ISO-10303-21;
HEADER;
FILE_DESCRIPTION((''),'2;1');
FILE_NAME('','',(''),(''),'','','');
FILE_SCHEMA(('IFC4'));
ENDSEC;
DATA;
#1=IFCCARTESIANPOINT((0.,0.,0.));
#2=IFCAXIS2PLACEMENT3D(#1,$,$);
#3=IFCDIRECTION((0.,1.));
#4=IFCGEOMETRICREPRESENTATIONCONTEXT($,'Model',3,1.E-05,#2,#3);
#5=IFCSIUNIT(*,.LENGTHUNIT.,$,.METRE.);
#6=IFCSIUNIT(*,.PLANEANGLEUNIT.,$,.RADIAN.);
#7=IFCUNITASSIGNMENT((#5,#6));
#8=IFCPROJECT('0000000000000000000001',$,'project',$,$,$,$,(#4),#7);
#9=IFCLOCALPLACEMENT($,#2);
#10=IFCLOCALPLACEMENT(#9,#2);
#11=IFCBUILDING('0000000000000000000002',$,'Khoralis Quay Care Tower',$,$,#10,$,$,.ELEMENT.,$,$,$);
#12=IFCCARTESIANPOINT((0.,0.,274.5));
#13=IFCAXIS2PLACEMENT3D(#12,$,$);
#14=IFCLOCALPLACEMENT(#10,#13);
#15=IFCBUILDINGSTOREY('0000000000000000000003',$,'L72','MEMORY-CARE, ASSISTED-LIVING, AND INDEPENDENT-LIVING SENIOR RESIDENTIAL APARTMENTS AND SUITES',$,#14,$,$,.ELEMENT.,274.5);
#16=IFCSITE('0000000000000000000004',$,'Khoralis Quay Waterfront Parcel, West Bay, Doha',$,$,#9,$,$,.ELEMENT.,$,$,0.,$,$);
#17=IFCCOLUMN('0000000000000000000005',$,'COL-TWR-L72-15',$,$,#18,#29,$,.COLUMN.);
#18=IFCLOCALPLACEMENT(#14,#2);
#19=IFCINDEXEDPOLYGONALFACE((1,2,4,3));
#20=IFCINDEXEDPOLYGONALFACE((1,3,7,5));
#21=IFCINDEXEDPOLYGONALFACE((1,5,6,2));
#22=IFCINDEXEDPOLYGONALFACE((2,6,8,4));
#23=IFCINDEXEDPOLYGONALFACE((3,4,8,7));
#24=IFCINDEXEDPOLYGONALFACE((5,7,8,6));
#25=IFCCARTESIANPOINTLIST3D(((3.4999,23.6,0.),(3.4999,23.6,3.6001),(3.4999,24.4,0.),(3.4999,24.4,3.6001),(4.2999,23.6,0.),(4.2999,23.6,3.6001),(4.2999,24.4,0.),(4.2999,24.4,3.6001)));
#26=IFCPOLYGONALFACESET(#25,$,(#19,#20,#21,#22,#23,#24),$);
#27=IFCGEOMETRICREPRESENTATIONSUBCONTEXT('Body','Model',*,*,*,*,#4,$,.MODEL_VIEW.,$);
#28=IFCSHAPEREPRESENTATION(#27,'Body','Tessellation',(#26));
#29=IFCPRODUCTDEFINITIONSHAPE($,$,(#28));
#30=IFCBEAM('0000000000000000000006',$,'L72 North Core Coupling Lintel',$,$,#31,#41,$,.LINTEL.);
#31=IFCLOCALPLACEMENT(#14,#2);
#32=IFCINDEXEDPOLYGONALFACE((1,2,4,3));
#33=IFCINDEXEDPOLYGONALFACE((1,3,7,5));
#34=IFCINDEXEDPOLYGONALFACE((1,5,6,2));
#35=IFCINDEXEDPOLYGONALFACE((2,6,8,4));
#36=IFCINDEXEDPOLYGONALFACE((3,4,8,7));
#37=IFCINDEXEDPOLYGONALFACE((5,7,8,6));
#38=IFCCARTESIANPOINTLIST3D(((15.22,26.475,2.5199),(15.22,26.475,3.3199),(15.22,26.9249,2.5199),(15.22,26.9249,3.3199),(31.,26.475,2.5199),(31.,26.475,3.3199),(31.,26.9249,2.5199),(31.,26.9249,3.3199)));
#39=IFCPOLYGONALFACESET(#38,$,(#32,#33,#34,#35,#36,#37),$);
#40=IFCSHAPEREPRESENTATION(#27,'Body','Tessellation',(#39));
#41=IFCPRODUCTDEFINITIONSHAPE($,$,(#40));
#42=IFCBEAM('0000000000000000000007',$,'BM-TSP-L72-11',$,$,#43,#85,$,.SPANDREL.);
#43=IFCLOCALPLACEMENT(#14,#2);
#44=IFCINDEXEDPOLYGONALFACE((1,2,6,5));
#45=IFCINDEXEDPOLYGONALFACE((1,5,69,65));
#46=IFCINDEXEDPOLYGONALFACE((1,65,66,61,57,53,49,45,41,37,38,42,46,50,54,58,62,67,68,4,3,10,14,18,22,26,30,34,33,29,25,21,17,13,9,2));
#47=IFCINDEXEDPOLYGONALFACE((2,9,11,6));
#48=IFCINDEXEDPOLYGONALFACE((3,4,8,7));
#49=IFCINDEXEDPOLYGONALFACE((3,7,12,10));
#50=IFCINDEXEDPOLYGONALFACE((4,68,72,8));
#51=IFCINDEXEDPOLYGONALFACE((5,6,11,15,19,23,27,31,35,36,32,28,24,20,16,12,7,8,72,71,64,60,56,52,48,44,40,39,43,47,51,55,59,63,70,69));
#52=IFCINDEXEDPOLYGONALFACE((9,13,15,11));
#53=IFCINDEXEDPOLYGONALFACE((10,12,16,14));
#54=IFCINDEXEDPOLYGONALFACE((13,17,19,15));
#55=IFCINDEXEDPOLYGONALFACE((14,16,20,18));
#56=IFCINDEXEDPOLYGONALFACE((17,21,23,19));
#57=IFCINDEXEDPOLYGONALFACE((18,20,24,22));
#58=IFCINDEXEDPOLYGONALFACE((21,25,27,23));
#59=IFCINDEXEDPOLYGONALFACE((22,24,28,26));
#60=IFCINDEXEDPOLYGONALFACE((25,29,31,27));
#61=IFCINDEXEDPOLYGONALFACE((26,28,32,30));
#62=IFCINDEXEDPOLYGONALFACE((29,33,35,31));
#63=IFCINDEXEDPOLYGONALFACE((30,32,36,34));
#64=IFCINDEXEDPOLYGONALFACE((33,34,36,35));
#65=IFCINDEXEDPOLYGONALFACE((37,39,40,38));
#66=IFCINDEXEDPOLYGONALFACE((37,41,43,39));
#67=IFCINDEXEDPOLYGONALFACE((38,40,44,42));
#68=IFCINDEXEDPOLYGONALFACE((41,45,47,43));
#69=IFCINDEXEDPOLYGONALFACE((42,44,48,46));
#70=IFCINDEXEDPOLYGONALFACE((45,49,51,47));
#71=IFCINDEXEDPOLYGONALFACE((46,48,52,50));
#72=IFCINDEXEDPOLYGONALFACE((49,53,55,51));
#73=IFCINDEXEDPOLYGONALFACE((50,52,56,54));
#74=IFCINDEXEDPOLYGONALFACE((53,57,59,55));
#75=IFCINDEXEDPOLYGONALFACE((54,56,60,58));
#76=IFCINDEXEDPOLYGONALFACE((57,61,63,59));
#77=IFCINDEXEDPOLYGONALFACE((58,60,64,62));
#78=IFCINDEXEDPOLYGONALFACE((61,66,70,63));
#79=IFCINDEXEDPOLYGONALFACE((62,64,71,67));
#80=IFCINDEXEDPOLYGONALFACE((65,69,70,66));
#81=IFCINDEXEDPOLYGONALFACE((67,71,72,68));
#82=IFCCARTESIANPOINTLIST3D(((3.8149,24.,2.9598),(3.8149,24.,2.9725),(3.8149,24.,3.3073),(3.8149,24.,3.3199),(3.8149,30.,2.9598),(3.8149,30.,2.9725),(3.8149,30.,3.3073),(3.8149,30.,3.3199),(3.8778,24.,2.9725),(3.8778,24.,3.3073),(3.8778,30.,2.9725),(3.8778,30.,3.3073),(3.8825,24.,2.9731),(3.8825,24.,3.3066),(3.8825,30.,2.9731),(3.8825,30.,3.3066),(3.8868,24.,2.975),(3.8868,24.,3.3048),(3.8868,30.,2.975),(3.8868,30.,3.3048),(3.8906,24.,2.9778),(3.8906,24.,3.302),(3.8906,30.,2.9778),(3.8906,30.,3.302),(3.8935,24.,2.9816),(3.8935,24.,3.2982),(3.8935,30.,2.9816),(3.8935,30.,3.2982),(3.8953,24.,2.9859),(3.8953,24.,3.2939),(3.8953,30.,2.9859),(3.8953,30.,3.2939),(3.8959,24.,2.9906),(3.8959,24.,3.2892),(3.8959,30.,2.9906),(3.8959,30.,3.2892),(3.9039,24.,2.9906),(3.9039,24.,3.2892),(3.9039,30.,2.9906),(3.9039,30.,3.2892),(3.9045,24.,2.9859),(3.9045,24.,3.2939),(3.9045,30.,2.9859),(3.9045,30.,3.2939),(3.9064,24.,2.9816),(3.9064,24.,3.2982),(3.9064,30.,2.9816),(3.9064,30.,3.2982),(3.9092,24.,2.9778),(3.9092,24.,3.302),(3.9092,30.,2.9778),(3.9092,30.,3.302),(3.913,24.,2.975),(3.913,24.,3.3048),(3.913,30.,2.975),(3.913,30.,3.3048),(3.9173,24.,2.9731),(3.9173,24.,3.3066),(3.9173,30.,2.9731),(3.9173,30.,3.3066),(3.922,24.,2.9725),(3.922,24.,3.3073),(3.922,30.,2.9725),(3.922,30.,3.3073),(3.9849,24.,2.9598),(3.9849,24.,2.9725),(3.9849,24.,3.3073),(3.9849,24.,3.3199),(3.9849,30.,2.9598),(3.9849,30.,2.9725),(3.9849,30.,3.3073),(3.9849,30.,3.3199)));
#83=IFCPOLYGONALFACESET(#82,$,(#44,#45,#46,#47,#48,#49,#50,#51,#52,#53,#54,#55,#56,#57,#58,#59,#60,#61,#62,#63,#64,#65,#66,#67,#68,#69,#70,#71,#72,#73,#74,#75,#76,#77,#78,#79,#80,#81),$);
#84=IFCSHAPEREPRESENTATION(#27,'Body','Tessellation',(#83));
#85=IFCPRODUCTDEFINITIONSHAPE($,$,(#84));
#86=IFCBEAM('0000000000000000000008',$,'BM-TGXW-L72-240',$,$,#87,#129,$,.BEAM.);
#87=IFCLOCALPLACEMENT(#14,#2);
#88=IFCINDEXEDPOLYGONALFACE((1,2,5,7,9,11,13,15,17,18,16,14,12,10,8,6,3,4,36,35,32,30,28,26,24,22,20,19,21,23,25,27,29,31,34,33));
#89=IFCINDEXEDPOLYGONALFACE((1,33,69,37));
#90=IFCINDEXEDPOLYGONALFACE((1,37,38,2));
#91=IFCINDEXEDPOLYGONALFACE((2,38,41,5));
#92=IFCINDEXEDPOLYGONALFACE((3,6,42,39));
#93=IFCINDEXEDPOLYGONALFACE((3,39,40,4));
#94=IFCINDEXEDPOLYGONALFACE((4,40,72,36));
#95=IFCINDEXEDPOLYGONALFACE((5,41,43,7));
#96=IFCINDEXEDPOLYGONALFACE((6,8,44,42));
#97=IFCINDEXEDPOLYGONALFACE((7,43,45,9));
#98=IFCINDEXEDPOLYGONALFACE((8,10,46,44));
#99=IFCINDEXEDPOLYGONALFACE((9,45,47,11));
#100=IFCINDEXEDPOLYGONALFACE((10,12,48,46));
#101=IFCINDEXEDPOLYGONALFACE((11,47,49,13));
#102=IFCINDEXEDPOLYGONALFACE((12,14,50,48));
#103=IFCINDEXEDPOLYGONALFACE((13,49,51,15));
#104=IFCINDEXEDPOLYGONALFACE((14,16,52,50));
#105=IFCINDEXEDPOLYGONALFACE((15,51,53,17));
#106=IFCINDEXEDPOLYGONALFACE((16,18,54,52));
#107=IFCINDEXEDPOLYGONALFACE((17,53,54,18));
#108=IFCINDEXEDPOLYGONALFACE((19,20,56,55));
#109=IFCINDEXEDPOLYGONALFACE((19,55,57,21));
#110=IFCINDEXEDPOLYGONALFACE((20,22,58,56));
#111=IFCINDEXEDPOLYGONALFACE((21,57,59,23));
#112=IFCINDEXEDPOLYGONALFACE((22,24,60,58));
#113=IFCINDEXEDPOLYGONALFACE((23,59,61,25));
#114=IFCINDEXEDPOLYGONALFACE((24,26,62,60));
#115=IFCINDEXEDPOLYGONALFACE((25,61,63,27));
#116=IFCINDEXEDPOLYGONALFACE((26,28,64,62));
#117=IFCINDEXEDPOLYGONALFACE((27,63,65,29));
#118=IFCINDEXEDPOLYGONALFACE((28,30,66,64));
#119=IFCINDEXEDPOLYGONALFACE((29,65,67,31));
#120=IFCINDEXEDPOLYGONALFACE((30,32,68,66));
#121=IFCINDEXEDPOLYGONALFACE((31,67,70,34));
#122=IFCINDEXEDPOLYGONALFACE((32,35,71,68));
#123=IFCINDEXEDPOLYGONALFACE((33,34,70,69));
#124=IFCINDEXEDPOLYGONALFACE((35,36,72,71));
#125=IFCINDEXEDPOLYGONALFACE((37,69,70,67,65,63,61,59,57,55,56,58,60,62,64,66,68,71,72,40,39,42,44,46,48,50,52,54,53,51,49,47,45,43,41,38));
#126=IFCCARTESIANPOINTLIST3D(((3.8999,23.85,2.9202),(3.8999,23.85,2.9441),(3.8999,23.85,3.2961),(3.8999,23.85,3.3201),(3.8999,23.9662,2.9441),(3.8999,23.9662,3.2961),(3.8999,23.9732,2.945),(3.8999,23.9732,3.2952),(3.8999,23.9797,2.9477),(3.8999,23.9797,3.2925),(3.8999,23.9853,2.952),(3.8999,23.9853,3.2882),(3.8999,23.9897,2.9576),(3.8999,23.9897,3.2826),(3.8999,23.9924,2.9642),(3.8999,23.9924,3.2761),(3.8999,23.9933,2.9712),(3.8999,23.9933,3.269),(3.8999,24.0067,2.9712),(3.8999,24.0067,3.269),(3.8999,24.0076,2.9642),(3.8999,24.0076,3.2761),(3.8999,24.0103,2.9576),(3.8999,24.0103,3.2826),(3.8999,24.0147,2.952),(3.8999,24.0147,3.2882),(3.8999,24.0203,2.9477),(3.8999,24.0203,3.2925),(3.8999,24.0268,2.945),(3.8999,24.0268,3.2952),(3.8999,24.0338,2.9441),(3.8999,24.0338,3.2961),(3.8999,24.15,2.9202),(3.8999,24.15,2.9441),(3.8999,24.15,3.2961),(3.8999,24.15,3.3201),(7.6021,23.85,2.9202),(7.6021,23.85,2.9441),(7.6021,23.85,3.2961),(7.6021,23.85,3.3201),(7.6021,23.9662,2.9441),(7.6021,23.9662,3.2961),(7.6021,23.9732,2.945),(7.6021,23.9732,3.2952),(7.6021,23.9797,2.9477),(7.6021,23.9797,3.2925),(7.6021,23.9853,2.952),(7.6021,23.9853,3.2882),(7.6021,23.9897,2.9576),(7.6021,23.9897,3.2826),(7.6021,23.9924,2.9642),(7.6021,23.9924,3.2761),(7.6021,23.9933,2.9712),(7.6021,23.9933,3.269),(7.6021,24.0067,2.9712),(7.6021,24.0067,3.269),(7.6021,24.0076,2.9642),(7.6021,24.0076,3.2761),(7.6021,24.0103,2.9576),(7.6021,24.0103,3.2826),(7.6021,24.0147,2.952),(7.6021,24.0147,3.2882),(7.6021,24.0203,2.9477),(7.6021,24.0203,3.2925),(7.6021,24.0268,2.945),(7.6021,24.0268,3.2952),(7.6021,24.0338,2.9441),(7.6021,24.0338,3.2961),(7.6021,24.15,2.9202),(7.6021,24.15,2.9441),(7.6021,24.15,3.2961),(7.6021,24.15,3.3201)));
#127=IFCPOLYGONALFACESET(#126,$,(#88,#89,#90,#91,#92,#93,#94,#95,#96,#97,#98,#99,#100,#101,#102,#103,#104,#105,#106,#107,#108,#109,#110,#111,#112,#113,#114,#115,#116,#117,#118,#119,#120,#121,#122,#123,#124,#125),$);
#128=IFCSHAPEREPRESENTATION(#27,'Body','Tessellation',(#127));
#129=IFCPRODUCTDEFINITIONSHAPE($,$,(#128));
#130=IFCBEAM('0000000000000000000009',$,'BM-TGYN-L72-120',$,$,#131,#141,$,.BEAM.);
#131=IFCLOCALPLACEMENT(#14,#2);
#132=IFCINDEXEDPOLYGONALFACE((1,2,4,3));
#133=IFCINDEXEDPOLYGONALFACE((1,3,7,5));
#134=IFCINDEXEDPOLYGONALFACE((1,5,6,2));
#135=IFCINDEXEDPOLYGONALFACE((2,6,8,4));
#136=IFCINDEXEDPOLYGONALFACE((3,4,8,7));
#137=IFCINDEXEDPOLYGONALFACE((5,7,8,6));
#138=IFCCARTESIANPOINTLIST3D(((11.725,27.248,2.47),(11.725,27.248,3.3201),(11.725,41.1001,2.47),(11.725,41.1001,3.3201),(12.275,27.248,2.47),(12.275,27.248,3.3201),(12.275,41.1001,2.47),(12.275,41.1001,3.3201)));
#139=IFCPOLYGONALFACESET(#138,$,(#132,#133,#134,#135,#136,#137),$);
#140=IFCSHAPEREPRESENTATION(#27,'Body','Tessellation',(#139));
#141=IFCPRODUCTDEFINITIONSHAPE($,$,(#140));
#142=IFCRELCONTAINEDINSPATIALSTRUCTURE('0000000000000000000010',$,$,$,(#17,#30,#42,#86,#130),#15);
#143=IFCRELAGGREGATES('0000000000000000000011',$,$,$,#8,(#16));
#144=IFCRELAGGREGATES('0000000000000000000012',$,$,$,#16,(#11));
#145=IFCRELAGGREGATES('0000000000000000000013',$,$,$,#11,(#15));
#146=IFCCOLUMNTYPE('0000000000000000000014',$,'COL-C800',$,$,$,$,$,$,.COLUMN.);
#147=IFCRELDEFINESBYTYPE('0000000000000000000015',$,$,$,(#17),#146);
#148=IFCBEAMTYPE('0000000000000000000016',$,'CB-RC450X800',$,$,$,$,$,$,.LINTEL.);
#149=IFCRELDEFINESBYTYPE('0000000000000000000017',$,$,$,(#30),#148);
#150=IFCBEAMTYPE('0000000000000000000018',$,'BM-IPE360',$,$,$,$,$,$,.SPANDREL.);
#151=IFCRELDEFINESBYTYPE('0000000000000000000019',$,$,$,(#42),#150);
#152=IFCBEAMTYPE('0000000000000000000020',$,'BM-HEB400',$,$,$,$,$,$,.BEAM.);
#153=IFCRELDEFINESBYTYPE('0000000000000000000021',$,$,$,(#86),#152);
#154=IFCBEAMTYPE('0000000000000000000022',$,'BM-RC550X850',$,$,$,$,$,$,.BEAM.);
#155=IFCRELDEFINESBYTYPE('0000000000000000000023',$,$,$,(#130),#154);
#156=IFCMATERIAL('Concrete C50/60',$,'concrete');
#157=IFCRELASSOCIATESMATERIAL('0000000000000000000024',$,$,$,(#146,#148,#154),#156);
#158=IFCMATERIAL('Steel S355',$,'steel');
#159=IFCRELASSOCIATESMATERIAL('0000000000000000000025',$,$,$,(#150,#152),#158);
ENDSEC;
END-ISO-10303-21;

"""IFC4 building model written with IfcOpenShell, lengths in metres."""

from ifc_helpers import new_model, si_unit, direction, frame, origin, origin_2d, place, context, subcontext, project, spatial, rectangle, i_section, extrude, source, transform, mapped, material, material_profile, profile_set, type_object, element, save


model = new_model("IFC4")

# Units and contexts
model_context = context("Model", 3, precision=1e-05, world=origin(), true_north=direction((0.0, 1.0)))
body_context = subcontext(model_context, "Body", "Model", "MODEL_VIEW")
ifc_project = project(units=[si_unit("LENGTHUNIT", "METRE"), si_unit("PLANEANGLEUNIT", "RADIAN")], contexts=[model_context])

# Site, building, storey
site_placement = place(None, origin())
site = spatial("IfcSite", under=ifc_project, at=site_placement, Name="Khoralis Quay Waterfront Parcel, West Bay, Doha", CompositionType="ELEMENT", RefElevation=0.0)
building_placement = place(site_placement, origin())
building = spatial("IfcBuilding", under=site, at=building_placement, Name="Khoralis Quay Care Tower", CompositionType="ELEMENT")
storey_placement = place(building_placement, frame((0.0, 0.0, 274.5)))
storey = spatial("IfcBuildingStorey", under=building, at=storey_placement, Name="L72", Description="MEMORY-CARE, ASSISTED-LIVING, AND INDEPENDENT-LIVING SENIOR RESIDENTIAL APARTMENTS AND SUITES", CompositionType="ELEMENT", Elevation=274.5)

# Column
ifc_material_1 = material(Name="Concrete C50/60", Category="concrete")
ifc_material_profile_1 = material_profile(ifc_material_1, rectangle(XDim=0.8, YDim=0.8, at=origin_2d()), Name="Concrete C50/60")
ifc_profile_set_1 = profile_set([ifc_material_profile_1], Name="Concrete C50/60")
column_type = type_object("IfcColumnType", Name="COL-C800", PredefinedType="COLUMN", material=ifc_profile_set_1)
shared_shape_1 = source(origin(), body_context, "Body", "SweptSolid", [
    extrude(rectangle(XDim=0.8, YDim=0.8, at=origin_2d()), origin(), (0.0, 0.0, 1.0), 3.6001),
])
column_placement = place(storey_placement, frame((3.8999, 24.0, 0.0), z_axis=(0.0, 0.0, 1.0), x_axis=(1.0, 0.0, 0.0)))
element("IfcColumn", 1, at=column_placement, inside=storey, type_object=column_type, Name="COL-TWR-L72-15", PredefinedType="COLUMN", context=body_context, shape_type="MappedRepresentation", body=[
    mapped(shared_shape_1, transform((0.0, 0.0, 0.0), scale=1.0)),
])

# Beams
ifc_material_profile_2 = material_profile(ifc_material_1, rectangle(XDim=0.45, YDim=0.8, at=origin_2d()), Name="Concrete C50/60")
ifc_profile_set_2 = profile_set([ifc_material_profile_2], Name="Concrete C50/60")
beam_type_1 = type_object("IfcBeamType", Name="CB-RC450X800", PredefinedType="LINTEL", material=ifc_profile_set_2)
shared_shape_2 = source(origin(), body_context, "Body", "SweptSolid", [
    extrude(rectangle(XDim=0.45, YDim=0.8, at=origin_2d()), origin(), (0.0, 0.0, 1.0), 15.78),
])
beam_1_placement = place(storey_placement, frame((15.22, 26.7, 2.9199), z_axis=(1.0, 0.0, 0.0), x_axis=(0.0, 1.0, 0.0)))
element("IfcBeam", 2, at=beam_1_placement, inside=storey, type_object=beam_type_1, Name="L72 North Core Coupling Lintel", PredefinedType="LINTEL", context=body_context, shape_type="MappedRepresentation", body=[
    mapped(shared_shape_2, transform((0.0, 0.0, 0.0), scale=1.0)),
])
ifc_material_2 = material(Name="Steel S355", Category="steel")
ifc_material_profile_3 = material_profile(ifc_material_2, i_section(OverallWidth=0.1699, OverallDepth=0.3601, WebThickness=0.0081, FlangeThickness=0.0127, FilletRadius=0.0181, at=origin_2d()), Name="Steel S355")
ifc_profile_set_3 = profile_set([ifc_material_profile_3], Name="Steel S355")
beam_type_2 = type_object("IfcBeamType", Name="BM-IPE360", PredefinedType="SPANDREL", material=ifc_profile_set_3)
shared_shape_3 = source(origin(), body_context, "Body", "SweptSolid", [
    extrude(i_section(OverallWidth=0.1699, OverallDepth=0.3601, WebThickness=0.0081, FlangeThickness=0.0127, FilletRadius=0.0181, at=origin_2d()), origin(), (0.0, 0.0, 1.0), 6.0),
])
beam_2_placement = place(storey_placement, frame((3.8999, 24.0, 3.1399), z_axis=(0.0, 1.0, 0.0), x_axis=(-1.0, 0.0, 0.0)))
element("IfcBeam", 3, at=beam_2_placement, inside=storey, type_object=beam_type_2, Name="BM-TSP-L72-11", PredefinedType="SPANDREL", context=body_context, shape_type="MappedRepresentation", body=[
    mapped(shared_shape_3, transform((0.0, 0.0, 0.0), scale=1.0)),
])
ifc_material_profile_4 = material_profile(ifc_material_2, i_section(OverallWidth=0.3, OverallDepth=0.3999, WebThickness=0.0134, FlangeThickness=0.0239, FilletRadius=0.0271, at=origin_2d()), Name="Steel S355")
ifc_profile_set_4 = profile_set([ifc_material_profile_4], Name="Steel S355")
beam_type_3 = type_object("IfcBeamType", Name="BM-HEB400", PredefinedType="BEAM", material=ifc_profile_set_4)
shared_shape_4 = source(origin(), body_context, "Body", "SweptSolid", [
    extrude(i_section(OverallWidth=0.3, OverallDepth=0.3999, WebThickness=0.0134, FlangeThickness=0.0239, FilletRadius=0.0271, at=origin_2d()), origin(), (0.0, 0.0, 1.0), 3.7021),
])
beam_3_placement = place(storey_placement, frame((3.8999, 24.0, 3.1201), z_axis=(1.0, 0.0, 0.0), x_axis=(0.0, 1.0, 0.0)))
element("IfcBeam", 4, at=beam_3_placement, inside=storey, type_object=beam_type_3, Name="BM-TGXW-L72-240", PredefinedType="BEAM", context=body_context, shape_type="MappedRepresentation", body=[
    mapped(shared_shape_4, transform((0.0, 0.0, 0.0), scale=1.0)),
])
ifc_material_profile_5 = material_profile(ifc_material_1, rectangle(XDim=0.55, YDim=0.8501, at=origin_2d()), Name="Concrete C50/60")
ifc_profile_set_5 = profile_set([ifc_material_profile_5], Name="Concrete C50/60")
beam_type_4 = type_object("IfcBeamType", Name="BM-RC550X850", PredefinedType="BEAM", material=ifc_profile_set_5)
shared_shape_5 = source(origin(), body_context, "Body", "SweptSolid", [
    extrude(rectangle(XDim=0.55, YDim=0.8501, at=origin_2d()), origin(), (0.0, 0.0, 1.0), 13.8521),
])
beam_4_placement = place(storey_placement, frame((12.0, 27.248, 2.895), z_axis=(0.0, 1.0, 0.0), x_axis=(-1.0, 0.0, 0.0)))
element("IfcBeam", 5, at=beam_4_placement, inside=storey, type_object=beam_type_4, Name="BM-TGYN-L72-120", PredefinedType="BEAM", context=body_context, shape_type="MappedRepresentation", body=[
    mapped(shared_shape_5, transform((0.0, 0.0, 0.0), scale=1.0)),
])

save(model, "model.ifc")
